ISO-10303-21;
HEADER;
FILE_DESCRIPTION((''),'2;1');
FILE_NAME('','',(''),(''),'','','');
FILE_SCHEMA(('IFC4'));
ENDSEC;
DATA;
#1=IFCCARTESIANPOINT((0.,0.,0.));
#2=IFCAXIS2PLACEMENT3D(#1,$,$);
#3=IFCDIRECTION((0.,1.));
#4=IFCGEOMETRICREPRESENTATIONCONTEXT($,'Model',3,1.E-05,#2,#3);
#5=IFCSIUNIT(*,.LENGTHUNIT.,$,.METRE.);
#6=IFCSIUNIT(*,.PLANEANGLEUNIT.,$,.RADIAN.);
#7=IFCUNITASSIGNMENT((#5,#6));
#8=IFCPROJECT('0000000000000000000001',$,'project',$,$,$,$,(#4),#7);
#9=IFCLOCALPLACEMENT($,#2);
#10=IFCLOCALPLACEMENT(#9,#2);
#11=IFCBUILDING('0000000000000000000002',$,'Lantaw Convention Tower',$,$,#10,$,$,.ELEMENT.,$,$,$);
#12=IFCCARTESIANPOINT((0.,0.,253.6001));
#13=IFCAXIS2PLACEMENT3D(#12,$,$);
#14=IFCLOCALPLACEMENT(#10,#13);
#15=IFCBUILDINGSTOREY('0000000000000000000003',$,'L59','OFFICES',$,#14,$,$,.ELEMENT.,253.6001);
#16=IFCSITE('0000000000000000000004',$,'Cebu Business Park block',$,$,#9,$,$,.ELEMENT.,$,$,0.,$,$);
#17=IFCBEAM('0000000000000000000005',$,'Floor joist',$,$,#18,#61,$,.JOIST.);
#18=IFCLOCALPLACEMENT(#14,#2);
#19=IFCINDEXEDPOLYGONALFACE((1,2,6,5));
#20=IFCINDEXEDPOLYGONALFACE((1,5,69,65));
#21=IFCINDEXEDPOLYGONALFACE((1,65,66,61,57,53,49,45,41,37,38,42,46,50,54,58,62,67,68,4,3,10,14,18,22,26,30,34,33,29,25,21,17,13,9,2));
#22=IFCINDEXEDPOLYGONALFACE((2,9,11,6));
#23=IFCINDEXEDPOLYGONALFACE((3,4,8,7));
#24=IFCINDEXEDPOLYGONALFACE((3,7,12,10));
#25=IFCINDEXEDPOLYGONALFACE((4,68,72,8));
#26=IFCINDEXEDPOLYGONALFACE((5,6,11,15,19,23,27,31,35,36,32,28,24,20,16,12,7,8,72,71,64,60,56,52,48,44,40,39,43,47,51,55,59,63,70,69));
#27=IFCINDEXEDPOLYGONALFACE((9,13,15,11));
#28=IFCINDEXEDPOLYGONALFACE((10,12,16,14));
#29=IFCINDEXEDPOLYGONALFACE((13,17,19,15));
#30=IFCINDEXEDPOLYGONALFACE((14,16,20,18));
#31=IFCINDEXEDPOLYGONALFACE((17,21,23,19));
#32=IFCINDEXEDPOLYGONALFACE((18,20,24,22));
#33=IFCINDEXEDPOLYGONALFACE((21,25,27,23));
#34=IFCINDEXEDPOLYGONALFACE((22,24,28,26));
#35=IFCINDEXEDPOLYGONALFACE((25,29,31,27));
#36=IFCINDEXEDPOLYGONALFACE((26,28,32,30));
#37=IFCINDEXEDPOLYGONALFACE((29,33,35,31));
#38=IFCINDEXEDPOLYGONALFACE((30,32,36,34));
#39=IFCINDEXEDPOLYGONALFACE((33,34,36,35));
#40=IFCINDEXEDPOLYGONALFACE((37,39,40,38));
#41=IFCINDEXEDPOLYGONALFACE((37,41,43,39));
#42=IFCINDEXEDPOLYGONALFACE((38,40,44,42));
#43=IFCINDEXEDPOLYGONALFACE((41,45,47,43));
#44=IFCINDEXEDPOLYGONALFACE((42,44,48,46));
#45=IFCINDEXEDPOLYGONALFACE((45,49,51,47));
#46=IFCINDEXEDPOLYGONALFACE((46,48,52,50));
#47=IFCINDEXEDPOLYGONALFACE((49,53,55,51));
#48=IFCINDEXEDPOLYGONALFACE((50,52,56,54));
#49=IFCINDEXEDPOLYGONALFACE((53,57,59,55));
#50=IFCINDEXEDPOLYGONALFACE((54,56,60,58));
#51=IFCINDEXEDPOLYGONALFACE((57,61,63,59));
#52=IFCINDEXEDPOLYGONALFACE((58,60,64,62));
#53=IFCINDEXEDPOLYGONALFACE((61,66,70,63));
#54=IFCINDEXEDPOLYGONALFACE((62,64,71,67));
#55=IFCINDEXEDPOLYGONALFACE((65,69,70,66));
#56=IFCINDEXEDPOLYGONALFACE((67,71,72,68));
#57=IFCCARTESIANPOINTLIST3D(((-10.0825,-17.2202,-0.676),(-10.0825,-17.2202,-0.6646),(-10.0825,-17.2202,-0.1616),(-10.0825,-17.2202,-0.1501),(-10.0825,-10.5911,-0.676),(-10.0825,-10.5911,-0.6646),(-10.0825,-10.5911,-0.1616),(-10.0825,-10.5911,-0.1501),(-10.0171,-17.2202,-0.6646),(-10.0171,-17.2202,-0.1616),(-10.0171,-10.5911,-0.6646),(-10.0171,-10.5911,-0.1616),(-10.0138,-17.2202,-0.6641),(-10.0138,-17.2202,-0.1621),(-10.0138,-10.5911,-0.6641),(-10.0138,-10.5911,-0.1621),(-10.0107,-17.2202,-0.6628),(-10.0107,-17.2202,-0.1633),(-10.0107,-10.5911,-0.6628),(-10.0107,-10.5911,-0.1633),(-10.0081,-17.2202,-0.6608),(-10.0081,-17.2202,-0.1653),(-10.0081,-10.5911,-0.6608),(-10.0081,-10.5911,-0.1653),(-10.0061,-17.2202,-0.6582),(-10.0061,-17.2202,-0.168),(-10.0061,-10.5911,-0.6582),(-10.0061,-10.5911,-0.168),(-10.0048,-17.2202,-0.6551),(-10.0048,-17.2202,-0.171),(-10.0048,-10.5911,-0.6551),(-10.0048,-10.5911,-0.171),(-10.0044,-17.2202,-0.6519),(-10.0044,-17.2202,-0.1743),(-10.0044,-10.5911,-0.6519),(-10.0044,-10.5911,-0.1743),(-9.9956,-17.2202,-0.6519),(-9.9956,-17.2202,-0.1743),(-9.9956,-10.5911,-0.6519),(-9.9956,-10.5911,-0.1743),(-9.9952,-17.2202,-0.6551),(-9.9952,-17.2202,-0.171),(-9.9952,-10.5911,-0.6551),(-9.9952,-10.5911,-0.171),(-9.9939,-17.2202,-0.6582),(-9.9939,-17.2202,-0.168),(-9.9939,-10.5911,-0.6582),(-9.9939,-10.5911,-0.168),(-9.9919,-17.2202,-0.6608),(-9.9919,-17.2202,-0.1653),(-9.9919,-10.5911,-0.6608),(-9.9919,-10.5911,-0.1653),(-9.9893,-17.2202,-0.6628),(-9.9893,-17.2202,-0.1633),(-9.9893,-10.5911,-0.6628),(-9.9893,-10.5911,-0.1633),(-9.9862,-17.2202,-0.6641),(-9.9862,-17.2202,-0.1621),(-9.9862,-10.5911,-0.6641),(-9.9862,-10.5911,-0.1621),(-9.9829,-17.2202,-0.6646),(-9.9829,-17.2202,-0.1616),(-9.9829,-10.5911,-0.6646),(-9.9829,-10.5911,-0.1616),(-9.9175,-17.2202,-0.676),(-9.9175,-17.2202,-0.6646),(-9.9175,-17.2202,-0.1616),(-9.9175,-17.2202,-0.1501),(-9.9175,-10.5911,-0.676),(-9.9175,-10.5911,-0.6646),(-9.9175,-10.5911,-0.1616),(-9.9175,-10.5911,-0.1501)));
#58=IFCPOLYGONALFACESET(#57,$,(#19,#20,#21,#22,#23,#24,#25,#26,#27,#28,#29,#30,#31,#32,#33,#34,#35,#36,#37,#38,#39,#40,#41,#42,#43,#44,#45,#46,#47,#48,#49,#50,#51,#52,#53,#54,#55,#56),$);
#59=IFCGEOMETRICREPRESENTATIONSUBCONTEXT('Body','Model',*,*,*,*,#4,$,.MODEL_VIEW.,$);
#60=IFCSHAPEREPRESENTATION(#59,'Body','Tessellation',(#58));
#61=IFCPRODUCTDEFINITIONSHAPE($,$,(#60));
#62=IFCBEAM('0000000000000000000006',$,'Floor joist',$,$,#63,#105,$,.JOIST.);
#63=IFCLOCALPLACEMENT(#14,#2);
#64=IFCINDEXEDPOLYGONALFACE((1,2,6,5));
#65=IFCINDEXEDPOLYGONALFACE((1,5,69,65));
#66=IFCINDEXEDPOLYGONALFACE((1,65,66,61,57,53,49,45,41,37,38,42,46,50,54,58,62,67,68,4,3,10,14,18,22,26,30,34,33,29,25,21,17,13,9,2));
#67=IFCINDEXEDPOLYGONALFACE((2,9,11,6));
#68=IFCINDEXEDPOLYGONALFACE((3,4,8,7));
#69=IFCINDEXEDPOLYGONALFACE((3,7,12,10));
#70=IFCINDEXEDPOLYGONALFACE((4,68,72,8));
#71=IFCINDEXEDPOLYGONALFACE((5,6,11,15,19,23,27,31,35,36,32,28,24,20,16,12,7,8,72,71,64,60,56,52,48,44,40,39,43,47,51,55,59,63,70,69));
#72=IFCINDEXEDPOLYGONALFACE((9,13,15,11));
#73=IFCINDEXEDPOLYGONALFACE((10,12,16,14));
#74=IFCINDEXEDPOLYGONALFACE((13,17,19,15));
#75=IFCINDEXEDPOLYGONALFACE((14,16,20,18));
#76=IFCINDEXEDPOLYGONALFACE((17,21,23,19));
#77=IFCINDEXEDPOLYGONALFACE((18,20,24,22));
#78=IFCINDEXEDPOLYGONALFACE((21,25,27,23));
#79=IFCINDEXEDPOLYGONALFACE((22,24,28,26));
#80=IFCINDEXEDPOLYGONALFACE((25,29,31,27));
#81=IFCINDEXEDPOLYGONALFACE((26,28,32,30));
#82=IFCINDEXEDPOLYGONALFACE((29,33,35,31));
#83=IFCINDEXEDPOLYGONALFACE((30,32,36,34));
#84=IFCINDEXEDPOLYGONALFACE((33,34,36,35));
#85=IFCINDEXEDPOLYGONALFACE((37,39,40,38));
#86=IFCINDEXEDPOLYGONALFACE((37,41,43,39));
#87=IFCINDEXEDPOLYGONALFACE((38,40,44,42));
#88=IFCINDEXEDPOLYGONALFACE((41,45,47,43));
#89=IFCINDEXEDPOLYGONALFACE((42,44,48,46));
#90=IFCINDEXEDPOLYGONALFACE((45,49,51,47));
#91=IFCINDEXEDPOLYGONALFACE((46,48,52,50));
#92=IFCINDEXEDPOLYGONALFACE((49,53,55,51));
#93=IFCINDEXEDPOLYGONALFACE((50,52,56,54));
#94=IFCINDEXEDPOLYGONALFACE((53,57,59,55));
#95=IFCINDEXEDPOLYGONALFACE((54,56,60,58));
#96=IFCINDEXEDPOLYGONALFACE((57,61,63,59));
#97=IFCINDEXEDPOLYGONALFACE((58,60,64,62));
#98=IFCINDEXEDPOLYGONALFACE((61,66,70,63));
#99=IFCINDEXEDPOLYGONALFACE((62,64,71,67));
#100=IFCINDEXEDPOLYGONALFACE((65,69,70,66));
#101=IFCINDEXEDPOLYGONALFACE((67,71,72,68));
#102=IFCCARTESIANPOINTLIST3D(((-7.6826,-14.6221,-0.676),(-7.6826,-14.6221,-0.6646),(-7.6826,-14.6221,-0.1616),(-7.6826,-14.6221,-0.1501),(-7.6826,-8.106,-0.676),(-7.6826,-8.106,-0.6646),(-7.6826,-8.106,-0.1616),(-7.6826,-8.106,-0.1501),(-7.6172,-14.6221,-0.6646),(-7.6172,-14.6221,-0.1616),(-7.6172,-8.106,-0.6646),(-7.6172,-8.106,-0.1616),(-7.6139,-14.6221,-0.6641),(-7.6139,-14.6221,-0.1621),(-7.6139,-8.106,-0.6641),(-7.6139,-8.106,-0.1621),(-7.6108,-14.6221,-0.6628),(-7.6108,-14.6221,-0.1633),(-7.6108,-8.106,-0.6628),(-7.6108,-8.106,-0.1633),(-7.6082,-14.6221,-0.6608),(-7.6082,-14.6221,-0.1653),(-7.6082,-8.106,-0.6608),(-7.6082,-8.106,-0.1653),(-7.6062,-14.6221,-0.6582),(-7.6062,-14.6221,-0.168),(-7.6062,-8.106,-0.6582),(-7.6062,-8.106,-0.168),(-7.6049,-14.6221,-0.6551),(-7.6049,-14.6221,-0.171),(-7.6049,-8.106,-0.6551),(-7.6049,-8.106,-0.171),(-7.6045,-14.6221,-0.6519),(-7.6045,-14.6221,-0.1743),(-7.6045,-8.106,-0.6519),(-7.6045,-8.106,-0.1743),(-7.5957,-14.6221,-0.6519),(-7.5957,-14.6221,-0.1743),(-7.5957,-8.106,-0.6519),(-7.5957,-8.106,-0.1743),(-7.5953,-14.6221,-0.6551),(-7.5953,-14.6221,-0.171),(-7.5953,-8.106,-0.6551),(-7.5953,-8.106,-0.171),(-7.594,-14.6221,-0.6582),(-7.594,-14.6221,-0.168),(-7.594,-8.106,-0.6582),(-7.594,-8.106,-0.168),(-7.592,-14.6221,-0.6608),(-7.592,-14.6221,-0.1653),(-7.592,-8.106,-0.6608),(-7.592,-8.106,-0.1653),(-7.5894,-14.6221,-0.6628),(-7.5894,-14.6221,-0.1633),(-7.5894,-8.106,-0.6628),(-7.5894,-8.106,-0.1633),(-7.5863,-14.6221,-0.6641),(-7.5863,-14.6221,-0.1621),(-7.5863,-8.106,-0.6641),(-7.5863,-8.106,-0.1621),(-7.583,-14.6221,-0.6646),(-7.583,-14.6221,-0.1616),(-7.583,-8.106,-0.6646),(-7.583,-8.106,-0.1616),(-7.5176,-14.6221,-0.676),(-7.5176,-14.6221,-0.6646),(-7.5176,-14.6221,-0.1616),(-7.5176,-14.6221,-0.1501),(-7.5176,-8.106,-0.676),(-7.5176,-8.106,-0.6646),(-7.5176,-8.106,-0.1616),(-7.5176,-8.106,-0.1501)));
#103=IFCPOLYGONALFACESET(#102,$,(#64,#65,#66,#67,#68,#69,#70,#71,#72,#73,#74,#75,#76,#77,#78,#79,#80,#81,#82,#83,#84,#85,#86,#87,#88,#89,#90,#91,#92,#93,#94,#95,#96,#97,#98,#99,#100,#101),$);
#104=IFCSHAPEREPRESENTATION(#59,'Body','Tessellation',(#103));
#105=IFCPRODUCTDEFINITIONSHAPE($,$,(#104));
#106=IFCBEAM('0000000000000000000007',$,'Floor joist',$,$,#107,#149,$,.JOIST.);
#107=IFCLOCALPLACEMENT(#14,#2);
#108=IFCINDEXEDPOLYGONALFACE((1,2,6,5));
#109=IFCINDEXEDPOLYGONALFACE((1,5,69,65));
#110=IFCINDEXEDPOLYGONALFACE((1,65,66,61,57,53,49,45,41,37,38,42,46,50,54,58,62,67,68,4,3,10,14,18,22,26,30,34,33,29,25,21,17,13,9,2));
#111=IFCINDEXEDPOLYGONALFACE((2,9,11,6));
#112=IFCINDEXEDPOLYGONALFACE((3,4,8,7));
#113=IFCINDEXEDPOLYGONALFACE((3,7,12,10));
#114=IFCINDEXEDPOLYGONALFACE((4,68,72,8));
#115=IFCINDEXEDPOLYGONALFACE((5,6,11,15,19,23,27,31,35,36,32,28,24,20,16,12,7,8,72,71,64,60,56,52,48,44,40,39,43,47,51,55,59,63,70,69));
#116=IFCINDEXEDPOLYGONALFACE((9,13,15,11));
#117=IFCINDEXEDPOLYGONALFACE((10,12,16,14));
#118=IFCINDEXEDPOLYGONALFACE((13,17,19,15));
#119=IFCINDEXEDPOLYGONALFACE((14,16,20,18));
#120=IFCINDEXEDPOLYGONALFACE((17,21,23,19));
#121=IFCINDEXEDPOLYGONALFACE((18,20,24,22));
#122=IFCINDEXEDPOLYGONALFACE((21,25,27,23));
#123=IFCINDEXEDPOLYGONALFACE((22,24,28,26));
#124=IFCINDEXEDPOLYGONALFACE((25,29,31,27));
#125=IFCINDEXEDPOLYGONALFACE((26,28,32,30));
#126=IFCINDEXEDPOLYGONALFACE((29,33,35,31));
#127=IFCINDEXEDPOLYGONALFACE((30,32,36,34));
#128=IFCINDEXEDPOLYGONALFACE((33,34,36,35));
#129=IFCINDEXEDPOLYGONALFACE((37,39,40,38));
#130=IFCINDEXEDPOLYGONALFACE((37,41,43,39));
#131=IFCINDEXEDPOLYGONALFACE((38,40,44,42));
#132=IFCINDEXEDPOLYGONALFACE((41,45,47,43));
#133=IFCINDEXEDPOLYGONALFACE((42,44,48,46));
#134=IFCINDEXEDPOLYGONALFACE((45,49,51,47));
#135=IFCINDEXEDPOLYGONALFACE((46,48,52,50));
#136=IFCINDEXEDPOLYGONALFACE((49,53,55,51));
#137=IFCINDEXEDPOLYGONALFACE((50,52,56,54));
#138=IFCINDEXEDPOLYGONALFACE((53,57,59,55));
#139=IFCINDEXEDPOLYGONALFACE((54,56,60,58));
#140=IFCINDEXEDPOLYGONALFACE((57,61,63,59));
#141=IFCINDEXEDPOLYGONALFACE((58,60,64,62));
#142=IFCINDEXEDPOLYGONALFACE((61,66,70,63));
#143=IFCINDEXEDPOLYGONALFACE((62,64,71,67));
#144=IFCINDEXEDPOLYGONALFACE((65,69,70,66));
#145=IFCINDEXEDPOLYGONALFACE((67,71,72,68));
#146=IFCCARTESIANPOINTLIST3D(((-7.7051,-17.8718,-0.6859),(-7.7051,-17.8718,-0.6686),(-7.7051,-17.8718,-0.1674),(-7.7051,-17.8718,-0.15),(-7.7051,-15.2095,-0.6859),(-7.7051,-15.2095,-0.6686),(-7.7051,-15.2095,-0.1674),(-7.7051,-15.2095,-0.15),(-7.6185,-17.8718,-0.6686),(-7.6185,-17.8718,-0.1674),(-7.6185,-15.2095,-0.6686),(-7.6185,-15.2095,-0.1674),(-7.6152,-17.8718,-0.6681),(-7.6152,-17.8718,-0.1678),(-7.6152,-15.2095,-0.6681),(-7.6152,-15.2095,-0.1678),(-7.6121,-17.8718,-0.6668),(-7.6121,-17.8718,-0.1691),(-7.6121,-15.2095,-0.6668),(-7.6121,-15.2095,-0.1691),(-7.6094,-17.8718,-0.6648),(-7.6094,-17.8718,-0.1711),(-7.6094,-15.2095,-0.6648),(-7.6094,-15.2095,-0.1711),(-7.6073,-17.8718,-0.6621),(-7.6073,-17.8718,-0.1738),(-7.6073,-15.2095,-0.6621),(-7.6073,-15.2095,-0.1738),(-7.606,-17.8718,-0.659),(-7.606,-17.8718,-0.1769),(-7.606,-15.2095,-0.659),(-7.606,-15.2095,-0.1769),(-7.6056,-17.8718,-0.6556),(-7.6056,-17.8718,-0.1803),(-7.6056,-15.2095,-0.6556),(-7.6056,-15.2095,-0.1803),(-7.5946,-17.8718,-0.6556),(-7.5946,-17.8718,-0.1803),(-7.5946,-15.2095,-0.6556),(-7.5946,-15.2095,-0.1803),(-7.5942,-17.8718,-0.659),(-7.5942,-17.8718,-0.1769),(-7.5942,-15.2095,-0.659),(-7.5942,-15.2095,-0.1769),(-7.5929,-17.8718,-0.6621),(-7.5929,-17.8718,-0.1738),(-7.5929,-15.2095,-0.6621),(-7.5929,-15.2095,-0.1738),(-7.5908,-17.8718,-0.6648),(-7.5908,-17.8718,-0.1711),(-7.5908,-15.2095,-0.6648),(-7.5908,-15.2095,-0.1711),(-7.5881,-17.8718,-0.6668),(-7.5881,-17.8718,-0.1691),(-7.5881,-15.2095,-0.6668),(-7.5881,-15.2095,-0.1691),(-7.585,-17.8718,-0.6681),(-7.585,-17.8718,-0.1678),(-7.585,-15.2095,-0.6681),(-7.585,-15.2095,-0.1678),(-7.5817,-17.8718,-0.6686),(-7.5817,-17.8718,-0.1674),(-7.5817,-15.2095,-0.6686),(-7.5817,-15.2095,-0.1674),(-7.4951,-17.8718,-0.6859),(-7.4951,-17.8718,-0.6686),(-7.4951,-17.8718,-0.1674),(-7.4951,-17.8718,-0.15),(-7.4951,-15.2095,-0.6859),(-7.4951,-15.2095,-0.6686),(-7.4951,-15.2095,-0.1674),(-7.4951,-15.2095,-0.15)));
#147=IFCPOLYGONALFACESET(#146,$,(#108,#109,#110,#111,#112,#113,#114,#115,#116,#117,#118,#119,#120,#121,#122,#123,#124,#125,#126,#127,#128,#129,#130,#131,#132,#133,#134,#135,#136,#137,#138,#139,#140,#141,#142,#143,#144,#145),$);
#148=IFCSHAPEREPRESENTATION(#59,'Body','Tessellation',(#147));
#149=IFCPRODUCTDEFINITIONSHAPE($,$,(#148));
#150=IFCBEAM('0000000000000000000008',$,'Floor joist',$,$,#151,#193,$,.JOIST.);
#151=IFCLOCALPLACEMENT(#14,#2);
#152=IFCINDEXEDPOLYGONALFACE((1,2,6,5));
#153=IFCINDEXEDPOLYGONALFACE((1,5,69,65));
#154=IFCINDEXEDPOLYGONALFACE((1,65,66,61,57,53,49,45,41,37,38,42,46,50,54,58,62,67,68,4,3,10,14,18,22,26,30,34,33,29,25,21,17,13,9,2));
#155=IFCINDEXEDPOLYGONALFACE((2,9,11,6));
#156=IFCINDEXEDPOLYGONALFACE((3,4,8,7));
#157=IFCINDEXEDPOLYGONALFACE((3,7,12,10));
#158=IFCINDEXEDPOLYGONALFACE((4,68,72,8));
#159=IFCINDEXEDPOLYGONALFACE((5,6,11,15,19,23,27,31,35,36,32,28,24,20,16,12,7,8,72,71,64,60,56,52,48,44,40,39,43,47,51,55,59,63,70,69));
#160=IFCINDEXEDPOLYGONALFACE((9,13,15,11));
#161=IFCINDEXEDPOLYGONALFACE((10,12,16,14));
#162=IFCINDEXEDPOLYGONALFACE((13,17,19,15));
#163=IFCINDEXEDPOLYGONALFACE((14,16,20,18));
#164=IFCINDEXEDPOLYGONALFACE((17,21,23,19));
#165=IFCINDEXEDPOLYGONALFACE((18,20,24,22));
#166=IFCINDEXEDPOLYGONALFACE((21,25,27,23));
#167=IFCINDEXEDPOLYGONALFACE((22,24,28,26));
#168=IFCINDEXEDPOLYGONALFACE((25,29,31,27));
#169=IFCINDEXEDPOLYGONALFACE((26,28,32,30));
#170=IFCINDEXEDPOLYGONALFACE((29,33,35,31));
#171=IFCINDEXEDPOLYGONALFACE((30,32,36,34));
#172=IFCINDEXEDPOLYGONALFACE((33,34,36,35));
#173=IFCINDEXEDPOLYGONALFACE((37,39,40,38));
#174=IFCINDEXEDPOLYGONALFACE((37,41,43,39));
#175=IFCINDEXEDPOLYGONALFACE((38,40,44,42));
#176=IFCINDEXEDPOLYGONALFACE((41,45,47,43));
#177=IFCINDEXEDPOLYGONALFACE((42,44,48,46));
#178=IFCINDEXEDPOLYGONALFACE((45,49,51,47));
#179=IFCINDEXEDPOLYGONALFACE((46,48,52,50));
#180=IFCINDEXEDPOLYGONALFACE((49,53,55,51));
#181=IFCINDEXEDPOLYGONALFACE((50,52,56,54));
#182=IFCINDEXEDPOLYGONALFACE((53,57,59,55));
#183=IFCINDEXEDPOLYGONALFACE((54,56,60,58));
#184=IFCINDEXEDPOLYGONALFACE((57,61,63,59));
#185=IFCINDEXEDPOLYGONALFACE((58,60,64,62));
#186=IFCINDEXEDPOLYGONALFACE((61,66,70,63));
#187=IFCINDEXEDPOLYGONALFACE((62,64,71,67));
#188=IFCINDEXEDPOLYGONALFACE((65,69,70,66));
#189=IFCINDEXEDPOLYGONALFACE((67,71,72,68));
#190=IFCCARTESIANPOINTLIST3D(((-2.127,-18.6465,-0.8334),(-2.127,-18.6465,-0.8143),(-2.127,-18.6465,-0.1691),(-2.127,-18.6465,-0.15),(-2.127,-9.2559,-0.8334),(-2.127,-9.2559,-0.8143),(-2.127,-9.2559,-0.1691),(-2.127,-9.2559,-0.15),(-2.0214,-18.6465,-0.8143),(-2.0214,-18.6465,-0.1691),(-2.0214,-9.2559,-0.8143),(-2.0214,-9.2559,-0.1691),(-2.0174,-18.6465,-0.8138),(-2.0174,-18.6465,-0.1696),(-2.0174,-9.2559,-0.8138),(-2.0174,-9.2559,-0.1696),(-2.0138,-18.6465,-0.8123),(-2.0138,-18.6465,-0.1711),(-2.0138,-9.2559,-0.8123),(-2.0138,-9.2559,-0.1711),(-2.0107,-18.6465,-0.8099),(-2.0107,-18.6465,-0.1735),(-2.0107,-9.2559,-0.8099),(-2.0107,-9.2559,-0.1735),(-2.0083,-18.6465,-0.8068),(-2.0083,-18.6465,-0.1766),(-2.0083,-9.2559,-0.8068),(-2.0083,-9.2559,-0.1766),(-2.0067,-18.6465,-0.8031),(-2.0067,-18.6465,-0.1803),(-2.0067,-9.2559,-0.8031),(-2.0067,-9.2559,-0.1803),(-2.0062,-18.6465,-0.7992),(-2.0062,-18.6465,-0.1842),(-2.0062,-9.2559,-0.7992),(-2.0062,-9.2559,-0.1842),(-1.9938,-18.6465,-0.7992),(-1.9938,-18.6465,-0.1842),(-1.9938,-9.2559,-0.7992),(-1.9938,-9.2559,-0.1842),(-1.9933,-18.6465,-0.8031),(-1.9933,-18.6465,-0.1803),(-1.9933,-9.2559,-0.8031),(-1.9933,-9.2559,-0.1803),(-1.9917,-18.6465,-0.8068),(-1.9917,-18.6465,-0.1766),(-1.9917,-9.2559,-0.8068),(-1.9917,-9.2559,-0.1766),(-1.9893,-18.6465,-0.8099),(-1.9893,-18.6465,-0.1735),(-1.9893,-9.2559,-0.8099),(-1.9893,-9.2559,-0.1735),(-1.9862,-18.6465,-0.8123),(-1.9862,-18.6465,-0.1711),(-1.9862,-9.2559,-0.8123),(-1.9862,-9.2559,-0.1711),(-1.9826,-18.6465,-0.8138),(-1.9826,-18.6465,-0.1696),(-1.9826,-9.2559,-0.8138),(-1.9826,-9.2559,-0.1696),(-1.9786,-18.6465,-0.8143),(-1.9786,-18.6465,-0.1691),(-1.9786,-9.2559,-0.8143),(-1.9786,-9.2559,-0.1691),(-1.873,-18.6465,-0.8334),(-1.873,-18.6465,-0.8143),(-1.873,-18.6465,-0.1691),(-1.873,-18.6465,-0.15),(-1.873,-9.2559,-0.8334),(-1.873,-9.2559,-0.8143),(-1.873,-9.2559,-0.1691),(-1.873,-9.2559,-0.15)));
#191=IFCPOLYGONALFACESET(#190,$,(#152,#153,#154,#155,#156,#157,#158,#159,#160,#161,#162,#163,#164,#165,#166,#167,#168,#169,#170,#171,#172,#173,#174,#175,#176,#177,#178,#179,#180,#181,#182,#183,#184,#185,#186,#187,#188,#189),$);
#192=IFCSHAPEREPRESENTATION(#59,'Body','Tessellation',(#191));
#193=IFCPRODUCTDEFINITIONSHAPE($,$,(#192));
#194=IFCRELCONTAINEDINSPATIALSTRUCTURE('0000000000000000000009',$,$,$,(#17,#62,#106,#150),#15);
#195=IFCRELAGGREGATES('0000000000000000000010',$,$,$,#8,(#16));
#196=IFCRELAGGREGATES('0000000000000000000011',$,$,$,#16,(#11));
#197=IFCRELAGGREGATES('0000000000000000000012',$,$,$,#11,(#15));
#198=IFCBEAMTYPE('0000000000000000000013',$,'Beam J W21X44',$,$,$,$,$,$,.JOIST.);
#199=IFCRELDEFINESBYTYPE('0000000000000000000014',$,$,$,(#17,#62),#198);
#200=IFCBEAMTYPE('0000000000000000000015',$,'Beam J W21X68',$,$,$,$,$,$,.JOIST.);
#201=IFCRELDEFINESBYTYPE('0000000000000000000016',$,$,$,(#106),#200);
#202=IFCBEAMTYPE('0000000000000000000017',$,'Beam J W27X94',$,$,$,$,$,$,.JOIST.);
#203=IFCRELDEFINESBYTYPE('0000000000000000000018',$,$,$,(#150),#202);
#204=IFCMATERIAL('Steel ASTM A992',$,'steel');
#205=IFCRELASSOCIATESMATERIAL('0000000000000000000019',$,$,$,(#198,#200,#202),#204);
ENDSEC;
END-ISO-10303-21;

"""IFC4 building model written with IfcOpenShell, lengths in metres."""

from ifc_helpers import new_model, si_unit, direction, frame, origin, origin_2d, place, context, subcontext, project, spatial, i_section, extrude, material, material_profile, profile_set, type_object, element, save


model = new_model("IFC4")

# Units and contexts
model_context = context("Model", 3, precision=1e-05, world=origin(), true_north=direction((0.0, 1.0)))
body_context = subcontext(model_context, "Body", "Model", "MODEL_VIEW")
ifc_project = project(units=[si_unit("LENGTHUNIT", "METRE"), si_unit("PLANEANGLEUNIT", "RADIAN")], contexts=[model_context])

# Site, building, storey
site_placement = place(None, origin())
site = spatial("IfcSite", under=ifc_project, at=site_placement, Name="Cebu Business Park block", CompositionType="ELEMENT", RefElevation=0.0)
building_placement = place(site_placement, origin())
building = spatial("IfcBuilding", under=site, at=building_placement, Name="Lantaw Convention Tower", CompositionType="ELEMENT")
storey_placement = place(building_placement, frame((0.0, 0.0, 253.6001)))
storey = spatial("IfcBuildingStorey", under=building, at=storey_placement, Name="L59", Description="OFFICES", CompositionType="ELEMENT", Elevation=253.6001)

# Beams
ifc_material_1 = material(Name="Steel ASTM A992", Category="steel")
ifc_material_profile_1 = material_profile(ifc_material_1, i_section(OverallWidth=0.165, OverallDepth=0.5259, WebThickness=0.0088, FlangeThickness=0.0115, FilletRadius=0.0127, at=origin_2d()), Name="W21X44")
ifc_profile_set_1 = profile_set([ifc_material_profile_1], Name="Steel ASTM A992")
beam_type_1 = type_object("IfcBeamType", Name="Beam J W21X44", PredefinedType="JOIST", material=ifc_profile_set_1)
beam_1_placement = place(storey_placement, frame((-10.0, -17.2202, -0.4131), z_axis=(0.0, 1.0, 0.0), x_axis=(-1.0, 0.0, 0.0)))
element("IfcBeam", 1, at=beam_1_placement, inside=storey, type_object=beam_type_1, Name="Floor joist", PredefinedType="JOIST", context=body_context, shape_type="SweptSolid", body=[
    extrude(i_section(OverallWidth=0.165, OverallDepth=0.5259, WebThickness=0.0088, FlangeThickness=0.0115, FilletRadius=0.0127, at=origin_2d()), origin(), (0.0, 0.0, 1.0), 6.6292),
])
beam_2_placement = place(storey_placement, frame((-7.6001, -14.6221, -0.4131), z_axis=(0.0, 1.0, 0.0), x_axis=(-1.0, 0.0, 0.0)))
element("IfcBeam", 2, at=beam_2_placement, inside=storey, type_object=beam_type_1, Name="Floor joist", PredefinedType="JOIST", context=body_context, shape_type="SweptSolid", body=[
    extrude(i_section(OverallWidth=0.165, OverallDepth=0.5259, WebThickness=0.0088, FlangeThickness=0.0115, FilletRadius=0.0127, at=origin_2d()), origin(), (0.0, 0.0, 1.0), 6.5161),
])
ifc_material_profile_2 = material_profile(ifc_material_1, i_section(OverallWidth=0.21, OverallDepth=0.5359, WebThickness=0.011, FlangeThickness=0.0173, FilletRadius=0.0129, at=origin_2d()), Name="W21X68")
ifc_profile_set_2 = profile_set([ifc_material_profile_2], Name="Steel ASTM A992")
beam_type_2 = type_object("IfcBeamType", Name="Beam J W21X68", PredefinedType="JOIST", material=ifc_profile_set_2)
beam_3_placement = place(storey_placement, frame((-7.6001, -17.8718, -0.418), z_axis=(0.0, 1.0, 0.0), x_axis=(-1.0, 0.0, 0.0)))
element("IfcBeam", 3, at=beam_3_placement, inside=storey, type_object=beam_type_2, Name="Floor joist", PredefinedType="JOIST", context=body_context, shape_type="SweptSolid", body=[
    extrude(i_section(OverallWidth=0.21, OverallDepth=0.5359, WebThickness=0.011, FlangeThickness=0.0173, FilletRadius=0.0129, at=origin_2d()), origin(), (0.0, 0.0, 1.0), 2.6624),
])
ifc_material_profile_3 = material_profile(ifc_material_1, i_section(OverallWidth=0.2539, OverallDepth=0.6833, WebThickness=0.0125, FlangeThickness=0.019, FilletRadius=0.0151, at=origin_2d()), Name="W27X94")
ifc_profile_set_3 = profile_set([ifc_material_profile_3], Name="Steel ASTM A992")
beam_type_3 = type_object("IfcBeamType", Name="Beam J W27X94", PredefinedType="JOIST", material=ifc_profile_set_3)
beam_4_placement = place(storey_placement, frame((-2.0, -18.6465, -0.4917), z_axis=(0.0, 1.0, 0.0), x_axis=(-1.0, 0.0, 0.0)))
element("IfcBeam", 4, at=beam_4_placement, inside=storey, type_object=beam_type_3, Name="Floor joist", PredefinedType="JOIST", context=body_context, shape_type="SweptSolid", body=[
    extrude(i_section(OverallWidth=0.2539, OverallDepth=0.6833, WebThickness=0.0125, FlangeThickness=0.019, FilletRadius=0.0151, at=origin_2d()), origin(), (0.0, 0.0, 1.0), 9.3906),
])

save(model, "model.ifc")
